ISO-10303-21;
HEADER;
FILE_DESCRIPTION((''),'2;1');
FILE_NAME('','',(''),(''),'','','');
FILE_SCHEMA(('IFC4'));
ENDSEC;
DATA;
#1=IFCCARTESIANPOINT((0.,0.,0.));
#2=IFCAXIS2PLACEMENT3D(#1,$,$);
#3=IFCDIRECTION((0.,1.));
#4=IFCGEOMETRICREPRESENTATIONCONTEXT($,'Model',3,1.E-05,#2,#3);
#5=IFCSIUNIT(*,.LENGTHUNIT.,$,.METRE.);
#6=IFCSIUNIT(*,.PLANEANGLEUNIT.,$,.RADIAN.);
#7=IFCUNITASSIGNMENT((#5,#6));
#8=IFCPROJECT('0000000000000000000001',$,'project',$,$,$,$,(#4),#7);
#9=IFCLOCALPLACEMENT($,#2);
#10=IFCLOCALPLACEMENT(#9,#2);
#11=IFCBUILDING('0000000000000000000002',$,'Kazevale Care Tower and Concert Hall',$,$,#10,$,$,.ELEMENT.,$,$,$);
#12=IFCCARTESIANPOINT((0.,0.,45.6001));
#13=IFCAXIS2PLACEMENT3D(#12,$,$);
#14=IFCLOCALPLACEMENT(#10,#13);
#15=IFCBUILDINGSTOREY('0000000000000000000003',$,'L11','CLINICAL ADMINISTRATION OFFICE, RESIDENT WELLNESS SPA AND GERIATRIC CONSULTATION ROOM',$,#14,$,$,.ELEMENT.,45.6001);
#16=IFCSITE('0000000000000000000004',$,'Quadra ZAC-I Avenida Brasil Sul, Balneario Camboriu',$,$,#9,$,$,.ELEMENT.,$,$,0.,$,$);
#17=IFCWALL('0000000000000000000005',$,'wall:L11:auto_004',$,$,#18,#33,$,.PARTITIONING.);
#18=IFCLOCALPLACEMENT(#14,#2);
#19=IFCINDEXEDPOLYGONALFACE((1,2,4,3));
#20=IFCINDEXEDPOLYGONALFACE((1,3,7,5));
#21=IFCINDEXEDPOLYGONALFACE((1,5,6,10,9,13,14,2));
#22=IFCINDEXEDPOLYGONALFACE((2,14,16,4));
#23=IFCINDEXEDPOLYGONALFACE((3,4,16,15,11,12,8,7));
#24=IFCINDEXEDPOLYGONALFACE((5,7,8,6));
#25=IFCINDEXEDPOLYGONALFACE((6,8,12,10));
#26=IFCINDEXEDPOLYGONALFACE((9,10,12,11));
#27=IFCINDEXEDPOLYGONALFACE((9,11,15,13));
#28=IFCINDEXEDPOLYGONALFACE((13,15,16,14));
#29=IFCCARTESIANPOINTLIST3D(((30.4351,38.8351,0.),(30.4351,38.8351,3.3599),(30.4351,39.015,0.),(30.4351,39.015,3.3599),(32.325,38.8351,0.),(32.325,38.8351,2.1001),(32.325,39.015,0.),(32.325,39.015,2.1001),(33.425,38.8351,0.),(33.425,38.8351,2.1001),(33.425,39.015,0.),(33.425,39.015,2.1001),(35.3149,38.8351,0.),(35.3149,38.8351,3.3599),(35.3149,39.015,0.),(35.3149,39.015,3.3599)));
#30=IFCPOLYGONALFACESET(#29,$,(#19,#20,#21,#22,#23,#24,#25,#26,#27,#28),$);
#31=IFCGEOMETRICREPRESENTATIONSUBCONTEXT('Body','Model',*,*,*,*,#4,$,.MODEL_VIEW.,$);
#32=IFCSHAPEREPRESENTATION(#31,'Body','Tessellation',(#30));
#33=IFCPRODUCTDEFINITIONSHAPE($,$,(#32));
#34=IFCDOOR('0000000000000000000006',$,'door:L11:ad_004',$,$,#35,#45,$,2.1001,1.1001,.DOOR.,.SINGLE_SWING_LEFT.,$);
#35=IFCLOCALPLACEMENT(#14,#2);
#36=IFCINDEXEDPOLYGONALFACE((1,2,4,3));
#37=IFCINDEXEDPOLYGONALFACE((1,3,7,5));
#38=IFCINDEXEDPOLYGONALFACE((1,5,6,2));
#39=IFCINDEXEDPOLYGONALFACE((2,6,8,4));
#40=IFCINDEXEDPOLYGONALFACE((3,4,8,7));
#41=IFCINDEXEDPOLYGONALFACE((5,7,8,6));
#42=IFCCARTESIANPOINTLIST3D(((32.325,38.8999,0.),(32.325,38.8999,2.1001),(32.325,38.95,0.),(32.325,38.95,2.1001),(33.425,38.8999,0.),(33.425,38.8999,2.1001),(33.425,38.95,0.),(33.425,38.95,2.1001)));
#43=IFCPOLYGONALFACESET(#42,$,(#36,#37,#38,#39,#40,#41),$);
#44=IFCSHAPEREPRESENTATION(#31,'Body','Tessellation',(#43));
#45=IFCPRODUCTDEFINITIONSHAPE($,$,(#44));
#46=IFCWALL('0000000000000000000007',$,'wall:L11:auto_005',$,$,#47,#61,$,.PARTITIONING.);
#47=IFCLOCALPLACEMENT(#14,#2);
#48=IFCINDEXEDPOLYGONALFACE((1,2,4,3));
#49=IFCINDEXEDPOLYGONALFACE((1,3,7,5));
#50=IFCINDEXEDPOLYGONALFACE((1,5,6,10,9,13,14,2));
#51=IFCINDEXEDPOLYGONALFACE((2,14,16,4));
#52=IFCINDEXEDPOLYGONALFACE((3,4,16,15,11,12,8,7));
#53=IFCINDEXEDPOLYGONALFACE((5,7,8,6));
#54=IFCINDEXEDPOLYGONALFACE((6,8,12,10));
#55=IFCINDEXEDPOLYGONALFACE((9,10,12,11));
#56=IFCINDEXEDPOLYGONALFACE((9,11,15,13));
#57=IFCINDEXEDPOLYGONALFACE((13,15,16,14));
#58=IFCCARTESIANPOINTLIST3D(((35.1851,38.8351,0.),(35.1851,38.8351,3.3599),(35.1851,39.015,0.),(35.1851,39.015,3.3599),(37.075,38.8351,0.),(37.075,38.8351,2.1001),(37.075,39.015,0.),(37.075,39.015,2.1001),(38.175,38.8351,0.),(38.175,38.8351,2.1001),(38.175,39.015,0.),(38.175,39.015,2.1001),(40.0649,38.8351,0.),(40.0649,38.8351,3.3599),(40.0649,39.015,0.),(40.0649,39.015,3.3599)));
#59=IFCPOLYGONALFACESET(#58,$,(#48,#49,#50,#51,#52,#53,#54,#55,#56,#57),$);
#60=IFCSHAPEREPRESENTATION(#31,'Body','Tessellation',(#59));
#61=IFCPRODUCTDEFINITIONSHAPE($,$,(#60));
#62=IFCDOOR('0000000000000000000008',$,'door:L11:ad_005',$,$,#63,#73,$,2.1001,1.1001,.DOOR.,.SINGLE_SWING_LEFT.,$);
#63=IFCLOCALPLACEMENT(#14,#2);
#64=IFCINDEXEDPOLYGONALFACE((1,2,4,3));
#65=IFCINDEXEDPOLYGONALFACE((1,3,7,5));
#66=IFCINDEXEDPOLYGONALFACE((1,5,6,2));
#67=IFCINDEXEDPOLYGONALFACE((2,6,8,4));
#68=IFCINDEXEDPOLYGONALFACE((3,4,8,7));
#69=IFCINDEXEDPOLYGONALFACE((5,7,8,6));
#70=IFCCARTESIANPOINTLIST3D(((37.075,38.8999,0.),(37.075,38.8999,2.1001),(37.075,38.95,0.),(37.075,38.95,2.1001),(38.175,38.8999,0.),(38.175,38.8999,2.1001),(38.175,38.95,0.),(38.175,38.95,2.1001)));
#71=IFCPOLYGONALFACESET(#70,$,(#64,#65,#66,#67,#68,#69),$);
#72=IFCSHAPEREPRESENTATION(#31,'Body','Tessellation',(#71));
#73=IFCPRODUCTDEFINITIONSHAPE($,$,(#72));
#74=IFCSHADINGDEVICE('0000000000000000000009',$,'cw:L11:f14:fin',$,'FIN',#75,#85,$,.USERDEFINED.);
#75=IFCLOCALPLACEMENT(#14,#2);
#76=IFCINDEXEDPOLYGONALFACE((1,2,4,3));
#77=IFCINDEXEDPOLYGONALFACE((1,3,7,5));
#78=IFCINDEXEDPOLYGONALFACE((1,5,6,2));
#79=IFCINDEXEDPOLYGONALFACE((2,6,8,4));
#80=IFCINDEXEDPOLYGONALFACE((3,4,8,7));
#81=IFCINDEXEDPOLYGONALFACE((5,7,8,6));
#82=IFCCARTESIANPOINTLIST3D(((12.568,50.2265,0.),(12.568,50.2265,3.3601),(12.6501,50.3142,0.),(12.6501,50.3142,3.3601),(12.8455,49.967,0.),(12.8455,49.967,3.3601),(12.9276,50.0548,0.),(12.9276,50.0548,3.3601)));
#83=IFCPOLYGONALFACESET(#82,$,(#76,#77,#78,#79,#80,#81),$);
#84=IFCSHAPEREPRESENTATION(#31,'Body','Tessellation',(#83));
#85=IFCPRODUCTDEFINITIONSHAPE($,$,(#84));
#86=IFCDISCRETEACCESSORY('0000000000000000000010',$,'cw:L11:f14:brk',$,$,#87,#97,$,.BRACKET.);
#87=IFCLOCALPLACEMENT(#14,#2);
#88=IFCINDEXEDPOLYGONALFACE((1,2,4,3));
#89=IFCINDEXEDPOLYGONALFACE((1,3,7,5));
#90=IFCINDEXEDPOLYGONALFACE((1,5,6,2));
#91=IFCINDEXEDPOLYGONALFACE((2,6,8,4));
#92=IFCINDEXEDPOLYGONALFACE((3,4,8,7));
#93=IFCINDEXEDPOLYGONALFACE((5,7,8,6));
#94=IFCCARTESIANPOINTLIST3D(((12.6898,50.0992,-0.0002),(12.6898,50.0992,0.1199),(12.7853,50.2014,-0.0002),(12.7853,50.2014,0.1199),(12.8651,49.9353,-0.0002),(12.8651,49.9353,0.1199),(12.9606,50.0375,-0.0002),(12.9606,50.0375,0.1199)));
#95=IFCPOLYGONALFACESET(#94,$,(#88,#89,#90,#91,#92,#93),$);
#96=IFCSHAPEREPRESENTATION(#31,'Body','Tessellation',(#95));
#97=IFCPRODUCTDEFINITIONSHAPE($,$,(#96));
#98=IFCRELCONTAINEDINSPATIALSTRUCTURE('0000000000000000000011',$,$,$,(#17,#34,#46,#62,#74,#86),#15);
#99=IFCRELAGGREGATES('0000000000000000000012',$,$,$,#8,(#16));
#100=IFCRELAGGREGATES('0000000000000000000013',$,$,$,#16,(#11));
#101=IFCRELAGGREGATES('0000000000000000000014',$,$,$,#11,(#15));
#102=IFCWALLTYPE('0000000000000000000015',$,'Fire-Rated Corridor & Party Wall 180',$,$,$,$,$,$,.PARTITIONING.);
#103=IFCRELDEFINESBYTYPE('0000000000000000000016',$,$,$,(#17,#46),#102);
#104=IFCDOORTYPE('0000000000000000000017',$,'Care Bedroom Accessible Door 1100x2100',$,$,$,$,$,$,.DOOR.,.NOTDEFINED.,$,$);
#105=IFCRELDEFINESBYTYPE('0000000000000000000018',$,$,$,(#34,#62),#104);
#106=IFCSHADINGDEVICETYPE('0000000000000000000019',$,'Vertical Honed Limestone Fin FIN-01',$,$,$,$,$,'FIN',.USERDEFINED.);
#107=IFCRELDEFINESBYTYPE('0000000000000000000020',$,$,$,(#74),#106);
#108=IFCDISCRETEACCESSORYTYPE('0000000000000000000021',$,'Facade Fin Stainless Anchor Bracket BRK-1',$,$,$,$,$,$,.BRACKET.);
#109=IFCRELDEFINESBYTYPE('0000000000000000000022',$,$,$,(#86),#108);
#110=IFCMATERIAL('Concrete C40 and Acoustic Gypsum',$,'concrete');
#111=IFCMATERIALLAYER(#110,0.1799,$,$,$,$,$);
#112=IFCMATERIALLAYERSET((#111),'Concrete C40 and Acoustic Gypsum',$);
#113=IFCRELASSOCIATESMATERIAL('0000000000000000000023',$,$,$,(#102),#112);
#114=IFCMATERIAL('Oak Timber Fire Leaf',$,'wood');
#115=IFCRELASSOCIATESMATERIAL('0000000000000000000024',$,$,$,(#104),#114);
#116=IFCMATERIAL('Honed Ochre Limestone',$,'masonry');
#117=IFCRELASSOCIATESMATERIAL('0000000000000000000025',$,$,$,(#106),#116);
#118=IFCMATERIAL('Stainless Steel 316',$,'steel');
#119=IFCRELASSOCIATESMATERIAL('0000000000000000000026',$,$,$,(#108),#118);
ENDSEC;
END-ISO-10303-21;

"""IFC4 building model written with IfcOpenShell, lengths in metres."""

from ifc_helpers import new_model, si_unit, direction, frame, frame_2d, origin, origin_2d, place, context, subcontext, project, spatial, rectangle, extrude, material, layer, layer_set, type_object, element, fill, save


model = new_model("IFC4")

# Units and contexts
model_context = context("Model", 3, precision=1e-05, world=origin(), true_north=direction((0.0, 1.0)))
body_context = subcontext(model_context, "Body", "Model", "MODEL_VIEW")
ifc_project = project(units=[si_unit("LENGTHUNIT", "METRE"), si_unit("PLANEANGLEUNIT", "RADIAN")], contexts=[model_context])

# Site, building, storey
site_placement = place(None, origin())
site = spatial("IfcSite", under=ifc_project, at=site_placement, Name="Quadra ZAC-I Avenida Brasil Sul, Balneario Camboriu", CompositionType="ELEMENT", RefElevation=0.0)
building_placement = place(site_placement, origin())
building = spatial("IfcBuilding", under=site, at=building_placement, Name="Kazevale Care Tower and Concert Hall", CompositionType="ELEMENT")
storey_placement = place(building_placement, frame((0.0, 0.0, 45.6001)))
storey = spatial("IfcBuildingStorey", under=building, at=storey_placement, Name="L11", Description="CLINICAL ADMINISTRATION OFFICE, RESIDENT WELLNESS SPA AND GERIATRIC CONSULTATION ROOM", CompositionType="ELEMENT", Elevation=45.6001)

# Walls, openings, doors
ifc_material_1 = material(Name="Concrete C40 and Acoustic Gypsum", Category="concrete")
ifc_layer_1 = layer(ifc_material_1, 0.1799)
ifc_layer_set_1 = layer_set([ifc_layer_1], Name="Concrete C40 and Acoustic Gypsum")
wall_type = type_object("IfcWallType", Name="Fire-Rated Corridor & Party Wall 180", PredefinedType="PARTITIONING", material=ifc_layer_set_1)
ifc_material_2 = material(Name="Oak Timber Fire Leaf", Category="wood")
door_type = type_object("IfcDoorType", Name="Care Bedroom Accessible Door 1100x2100", OperationType="NOTDEFINED", PredefinedType="DOOR", material=ifc_material_2)
wall_1_placement = place(storey_placement, frame((30.4351, 38.925, 0.0), z_axis=(0.0, 0.0, 1.0), x_axis=(1.0, 0.0, 0.0)))
wall_1 = element("IfcWall", 1, at=wall_1_placement, inside=storey, type_object=wall_type, Name="wall:L11:auto_004", PredefinedType="PARTITIONING", context=body_context, shape_type="SweptSolid", body=[
    extrude(rectangle(XDim=4.8799, YDim=0.1799, at=frame_2d((2.4399, 0.0))), origin(), (0.0, 0.0, 1.0), 3.3599),
])
opening_1_placement = place(wall_1_placement, frame((1.8899, 0.0, 0.0)))
opening_1 = element("IfcOpeningElement", 2, at=opening_1_placement, cuts=wall_1, PredefinedType="OPENING", context=body_context, shape_type="SweptSolid", body=[
    extrude(rectangle(XDim=1.1001, YDim=2.1001, at=frame_2d((0.55, 1.05))), frame((0.0, 0.0999, 0.0), z_axis=(0.0, -1.0, 0.0), x_axis=(1.0, 0.0, 0.0)), (0.0, 0.0, 1.0), 0.2),
])
door_1_placement = place(opening_1_placement, origin())
door_1 = element("IfcDoor", 3, at=door_1_placement, inside=storey, type_object=door_type, Name="door:L11:ad_004", OperationType="SINGLE_SWING_LEFT", OverallHeight=2.1001, OverallWidth=1.1001, PredefinedType="DOOR", context=body_context, shape_type="SweptSolid", body=[
    extrude(rectangle(XDim=1.1001, YDim=2.1001, at=frame_2d((0.55, 1.05))), frame((0.0, 0.0249, 0.0), z_axis=(0.0, -1.0, 0.0), x_axis=(1.0, 0.0, 0.0)), (0.0, 0.0, 1.0), 0.05),
])
fill(opening_1, door_1)
wall_2_placement = place(storey_placement, frame((35.1851, 38.925, 0.0), z_axis=(0.0, 0.0, 1.0), x_axis=(1.0, 0.0, 0.0)))
wall_2 = element("IfcWall", 4, at=wall_2_placement, inside=storey, type_object=wall_type, Name="wall:L11:auto_005", PredefinedType="PARTITIONING", context=body_context, shape_type="SweptSolid", body=[
    extrude(rectangle(XDim=4.8799, YDim=0.1799, at=frame_2d((2.4399, 0.0))), origin(), (0.0, 0.0, 1.0), 3.3599),
])
opening_2_placement = place(wall_2_placement, frame((1.8899, 0.0, 0.0)))
opening_2 = element("IfcOpeningElement", 5, at=opening_2_placement, cuts=wall_2, PredefinedType="OPENING", context=body_context, shape_type="SweptSolid", body=[
    extrude(rectangle(XDim=1.1001, YDim=2.1001, at=frame_2d((0.55, 1.05))), frame((0.0, 0.0999, 0.0), z_axis=(0.0, -1.0, 0.0), x_axis=(1.0, 0.0, 0.0)), (0.0, 0.0, 1.0), 0.2),
])
door_2_placement = place(opening_2_placement, origin())
door_2 = element("IfcDoor", 6, at=door_2_placement, inside=storey, type_object=door_type, Name="door:L11:ad_005", OperationType="SINGLE_SWING_LEFT", OverallHeight=2.1001, OverallWidth=1.1001, PredefinedType="DOOR", context=body_context, shape_type="SweptSolid", body=[
    extrude(rectangle(XDim=1.1001, YDim=2.1001, at=frame_2d((0.55, 1.05))), frame((0.0, 0.0249, 0.0), z_axis=(0.0, -1.0, 0.0), x_axis=(1.0, 0.0, 0.0)), (0.0, 0.0, 1.0), 0.05),
])
fill(opening_2, door_2)

# Shading device
ifc_material_3 = material(Name="Honed Ochre Limestone", Category="masonry")
shading_device_type = type_object("IfcShadingDeviceType", Name="Vertical Honed Limestone Fin FIN-01", ElementType="FIN", PredefinedType="USERDEFINED", material=ifc_material_3)
shading_device_placement = place(storey_placement, frame((12.7478, 50.1406, 0.0), z_axis=(0.0, 0.0, 1.0), x_axis=(-0.730401, 0.683019, 0.0)))
element("IfcShadingDevice", 7, at=shading_device_placement, inside=storey, type_object=shading_device_type, Name="cw:L11:f14:fin", ObjectType="FIN", PredefinedType="USERDEFINED", context=body_context, shape_type="SweptSolid", body=[
    extrude(rectangle(XDim=0.3799, YDim=0.1201, at=origin_2d()), origin(), (0.0, 0.0, 1.0), 3.3601),
])

# Discrete accessory
ifc_material_4 = material(Name="Stainless Steel 316", Category="steel")
discrete_accessory_type = type_object("IfcDiscreteAccessoryType", Name="Facade Fin Stainless Anchor Bracket BRK-1", PredefinedType="BRACKET", material=ifc_material_4)
discrete_accessory_placement = place(storey_placement, frame((12.8252, 50.0684, -0.0002), z_axis=(0.0, 0.0, 1.0), x_axis=(-0.730401, 0.683019, 0.0)))
element("IfcDiscreteAccessory", 8, at=discrete_accessory_placement, inside=storey, type_object=discrete_accessory_type, Name="cw:L11:f14:brk", PredefinedType="BRACKET", context=body_context, shape_type="SweptSolid", body=[
    extrude(rectangle(XDim=0.24, YDim=0.1399, at=origin_2d()), origin(), (0.0, 0.0, 1.0), 0.1201),
])

save(model, "model.ifc")
